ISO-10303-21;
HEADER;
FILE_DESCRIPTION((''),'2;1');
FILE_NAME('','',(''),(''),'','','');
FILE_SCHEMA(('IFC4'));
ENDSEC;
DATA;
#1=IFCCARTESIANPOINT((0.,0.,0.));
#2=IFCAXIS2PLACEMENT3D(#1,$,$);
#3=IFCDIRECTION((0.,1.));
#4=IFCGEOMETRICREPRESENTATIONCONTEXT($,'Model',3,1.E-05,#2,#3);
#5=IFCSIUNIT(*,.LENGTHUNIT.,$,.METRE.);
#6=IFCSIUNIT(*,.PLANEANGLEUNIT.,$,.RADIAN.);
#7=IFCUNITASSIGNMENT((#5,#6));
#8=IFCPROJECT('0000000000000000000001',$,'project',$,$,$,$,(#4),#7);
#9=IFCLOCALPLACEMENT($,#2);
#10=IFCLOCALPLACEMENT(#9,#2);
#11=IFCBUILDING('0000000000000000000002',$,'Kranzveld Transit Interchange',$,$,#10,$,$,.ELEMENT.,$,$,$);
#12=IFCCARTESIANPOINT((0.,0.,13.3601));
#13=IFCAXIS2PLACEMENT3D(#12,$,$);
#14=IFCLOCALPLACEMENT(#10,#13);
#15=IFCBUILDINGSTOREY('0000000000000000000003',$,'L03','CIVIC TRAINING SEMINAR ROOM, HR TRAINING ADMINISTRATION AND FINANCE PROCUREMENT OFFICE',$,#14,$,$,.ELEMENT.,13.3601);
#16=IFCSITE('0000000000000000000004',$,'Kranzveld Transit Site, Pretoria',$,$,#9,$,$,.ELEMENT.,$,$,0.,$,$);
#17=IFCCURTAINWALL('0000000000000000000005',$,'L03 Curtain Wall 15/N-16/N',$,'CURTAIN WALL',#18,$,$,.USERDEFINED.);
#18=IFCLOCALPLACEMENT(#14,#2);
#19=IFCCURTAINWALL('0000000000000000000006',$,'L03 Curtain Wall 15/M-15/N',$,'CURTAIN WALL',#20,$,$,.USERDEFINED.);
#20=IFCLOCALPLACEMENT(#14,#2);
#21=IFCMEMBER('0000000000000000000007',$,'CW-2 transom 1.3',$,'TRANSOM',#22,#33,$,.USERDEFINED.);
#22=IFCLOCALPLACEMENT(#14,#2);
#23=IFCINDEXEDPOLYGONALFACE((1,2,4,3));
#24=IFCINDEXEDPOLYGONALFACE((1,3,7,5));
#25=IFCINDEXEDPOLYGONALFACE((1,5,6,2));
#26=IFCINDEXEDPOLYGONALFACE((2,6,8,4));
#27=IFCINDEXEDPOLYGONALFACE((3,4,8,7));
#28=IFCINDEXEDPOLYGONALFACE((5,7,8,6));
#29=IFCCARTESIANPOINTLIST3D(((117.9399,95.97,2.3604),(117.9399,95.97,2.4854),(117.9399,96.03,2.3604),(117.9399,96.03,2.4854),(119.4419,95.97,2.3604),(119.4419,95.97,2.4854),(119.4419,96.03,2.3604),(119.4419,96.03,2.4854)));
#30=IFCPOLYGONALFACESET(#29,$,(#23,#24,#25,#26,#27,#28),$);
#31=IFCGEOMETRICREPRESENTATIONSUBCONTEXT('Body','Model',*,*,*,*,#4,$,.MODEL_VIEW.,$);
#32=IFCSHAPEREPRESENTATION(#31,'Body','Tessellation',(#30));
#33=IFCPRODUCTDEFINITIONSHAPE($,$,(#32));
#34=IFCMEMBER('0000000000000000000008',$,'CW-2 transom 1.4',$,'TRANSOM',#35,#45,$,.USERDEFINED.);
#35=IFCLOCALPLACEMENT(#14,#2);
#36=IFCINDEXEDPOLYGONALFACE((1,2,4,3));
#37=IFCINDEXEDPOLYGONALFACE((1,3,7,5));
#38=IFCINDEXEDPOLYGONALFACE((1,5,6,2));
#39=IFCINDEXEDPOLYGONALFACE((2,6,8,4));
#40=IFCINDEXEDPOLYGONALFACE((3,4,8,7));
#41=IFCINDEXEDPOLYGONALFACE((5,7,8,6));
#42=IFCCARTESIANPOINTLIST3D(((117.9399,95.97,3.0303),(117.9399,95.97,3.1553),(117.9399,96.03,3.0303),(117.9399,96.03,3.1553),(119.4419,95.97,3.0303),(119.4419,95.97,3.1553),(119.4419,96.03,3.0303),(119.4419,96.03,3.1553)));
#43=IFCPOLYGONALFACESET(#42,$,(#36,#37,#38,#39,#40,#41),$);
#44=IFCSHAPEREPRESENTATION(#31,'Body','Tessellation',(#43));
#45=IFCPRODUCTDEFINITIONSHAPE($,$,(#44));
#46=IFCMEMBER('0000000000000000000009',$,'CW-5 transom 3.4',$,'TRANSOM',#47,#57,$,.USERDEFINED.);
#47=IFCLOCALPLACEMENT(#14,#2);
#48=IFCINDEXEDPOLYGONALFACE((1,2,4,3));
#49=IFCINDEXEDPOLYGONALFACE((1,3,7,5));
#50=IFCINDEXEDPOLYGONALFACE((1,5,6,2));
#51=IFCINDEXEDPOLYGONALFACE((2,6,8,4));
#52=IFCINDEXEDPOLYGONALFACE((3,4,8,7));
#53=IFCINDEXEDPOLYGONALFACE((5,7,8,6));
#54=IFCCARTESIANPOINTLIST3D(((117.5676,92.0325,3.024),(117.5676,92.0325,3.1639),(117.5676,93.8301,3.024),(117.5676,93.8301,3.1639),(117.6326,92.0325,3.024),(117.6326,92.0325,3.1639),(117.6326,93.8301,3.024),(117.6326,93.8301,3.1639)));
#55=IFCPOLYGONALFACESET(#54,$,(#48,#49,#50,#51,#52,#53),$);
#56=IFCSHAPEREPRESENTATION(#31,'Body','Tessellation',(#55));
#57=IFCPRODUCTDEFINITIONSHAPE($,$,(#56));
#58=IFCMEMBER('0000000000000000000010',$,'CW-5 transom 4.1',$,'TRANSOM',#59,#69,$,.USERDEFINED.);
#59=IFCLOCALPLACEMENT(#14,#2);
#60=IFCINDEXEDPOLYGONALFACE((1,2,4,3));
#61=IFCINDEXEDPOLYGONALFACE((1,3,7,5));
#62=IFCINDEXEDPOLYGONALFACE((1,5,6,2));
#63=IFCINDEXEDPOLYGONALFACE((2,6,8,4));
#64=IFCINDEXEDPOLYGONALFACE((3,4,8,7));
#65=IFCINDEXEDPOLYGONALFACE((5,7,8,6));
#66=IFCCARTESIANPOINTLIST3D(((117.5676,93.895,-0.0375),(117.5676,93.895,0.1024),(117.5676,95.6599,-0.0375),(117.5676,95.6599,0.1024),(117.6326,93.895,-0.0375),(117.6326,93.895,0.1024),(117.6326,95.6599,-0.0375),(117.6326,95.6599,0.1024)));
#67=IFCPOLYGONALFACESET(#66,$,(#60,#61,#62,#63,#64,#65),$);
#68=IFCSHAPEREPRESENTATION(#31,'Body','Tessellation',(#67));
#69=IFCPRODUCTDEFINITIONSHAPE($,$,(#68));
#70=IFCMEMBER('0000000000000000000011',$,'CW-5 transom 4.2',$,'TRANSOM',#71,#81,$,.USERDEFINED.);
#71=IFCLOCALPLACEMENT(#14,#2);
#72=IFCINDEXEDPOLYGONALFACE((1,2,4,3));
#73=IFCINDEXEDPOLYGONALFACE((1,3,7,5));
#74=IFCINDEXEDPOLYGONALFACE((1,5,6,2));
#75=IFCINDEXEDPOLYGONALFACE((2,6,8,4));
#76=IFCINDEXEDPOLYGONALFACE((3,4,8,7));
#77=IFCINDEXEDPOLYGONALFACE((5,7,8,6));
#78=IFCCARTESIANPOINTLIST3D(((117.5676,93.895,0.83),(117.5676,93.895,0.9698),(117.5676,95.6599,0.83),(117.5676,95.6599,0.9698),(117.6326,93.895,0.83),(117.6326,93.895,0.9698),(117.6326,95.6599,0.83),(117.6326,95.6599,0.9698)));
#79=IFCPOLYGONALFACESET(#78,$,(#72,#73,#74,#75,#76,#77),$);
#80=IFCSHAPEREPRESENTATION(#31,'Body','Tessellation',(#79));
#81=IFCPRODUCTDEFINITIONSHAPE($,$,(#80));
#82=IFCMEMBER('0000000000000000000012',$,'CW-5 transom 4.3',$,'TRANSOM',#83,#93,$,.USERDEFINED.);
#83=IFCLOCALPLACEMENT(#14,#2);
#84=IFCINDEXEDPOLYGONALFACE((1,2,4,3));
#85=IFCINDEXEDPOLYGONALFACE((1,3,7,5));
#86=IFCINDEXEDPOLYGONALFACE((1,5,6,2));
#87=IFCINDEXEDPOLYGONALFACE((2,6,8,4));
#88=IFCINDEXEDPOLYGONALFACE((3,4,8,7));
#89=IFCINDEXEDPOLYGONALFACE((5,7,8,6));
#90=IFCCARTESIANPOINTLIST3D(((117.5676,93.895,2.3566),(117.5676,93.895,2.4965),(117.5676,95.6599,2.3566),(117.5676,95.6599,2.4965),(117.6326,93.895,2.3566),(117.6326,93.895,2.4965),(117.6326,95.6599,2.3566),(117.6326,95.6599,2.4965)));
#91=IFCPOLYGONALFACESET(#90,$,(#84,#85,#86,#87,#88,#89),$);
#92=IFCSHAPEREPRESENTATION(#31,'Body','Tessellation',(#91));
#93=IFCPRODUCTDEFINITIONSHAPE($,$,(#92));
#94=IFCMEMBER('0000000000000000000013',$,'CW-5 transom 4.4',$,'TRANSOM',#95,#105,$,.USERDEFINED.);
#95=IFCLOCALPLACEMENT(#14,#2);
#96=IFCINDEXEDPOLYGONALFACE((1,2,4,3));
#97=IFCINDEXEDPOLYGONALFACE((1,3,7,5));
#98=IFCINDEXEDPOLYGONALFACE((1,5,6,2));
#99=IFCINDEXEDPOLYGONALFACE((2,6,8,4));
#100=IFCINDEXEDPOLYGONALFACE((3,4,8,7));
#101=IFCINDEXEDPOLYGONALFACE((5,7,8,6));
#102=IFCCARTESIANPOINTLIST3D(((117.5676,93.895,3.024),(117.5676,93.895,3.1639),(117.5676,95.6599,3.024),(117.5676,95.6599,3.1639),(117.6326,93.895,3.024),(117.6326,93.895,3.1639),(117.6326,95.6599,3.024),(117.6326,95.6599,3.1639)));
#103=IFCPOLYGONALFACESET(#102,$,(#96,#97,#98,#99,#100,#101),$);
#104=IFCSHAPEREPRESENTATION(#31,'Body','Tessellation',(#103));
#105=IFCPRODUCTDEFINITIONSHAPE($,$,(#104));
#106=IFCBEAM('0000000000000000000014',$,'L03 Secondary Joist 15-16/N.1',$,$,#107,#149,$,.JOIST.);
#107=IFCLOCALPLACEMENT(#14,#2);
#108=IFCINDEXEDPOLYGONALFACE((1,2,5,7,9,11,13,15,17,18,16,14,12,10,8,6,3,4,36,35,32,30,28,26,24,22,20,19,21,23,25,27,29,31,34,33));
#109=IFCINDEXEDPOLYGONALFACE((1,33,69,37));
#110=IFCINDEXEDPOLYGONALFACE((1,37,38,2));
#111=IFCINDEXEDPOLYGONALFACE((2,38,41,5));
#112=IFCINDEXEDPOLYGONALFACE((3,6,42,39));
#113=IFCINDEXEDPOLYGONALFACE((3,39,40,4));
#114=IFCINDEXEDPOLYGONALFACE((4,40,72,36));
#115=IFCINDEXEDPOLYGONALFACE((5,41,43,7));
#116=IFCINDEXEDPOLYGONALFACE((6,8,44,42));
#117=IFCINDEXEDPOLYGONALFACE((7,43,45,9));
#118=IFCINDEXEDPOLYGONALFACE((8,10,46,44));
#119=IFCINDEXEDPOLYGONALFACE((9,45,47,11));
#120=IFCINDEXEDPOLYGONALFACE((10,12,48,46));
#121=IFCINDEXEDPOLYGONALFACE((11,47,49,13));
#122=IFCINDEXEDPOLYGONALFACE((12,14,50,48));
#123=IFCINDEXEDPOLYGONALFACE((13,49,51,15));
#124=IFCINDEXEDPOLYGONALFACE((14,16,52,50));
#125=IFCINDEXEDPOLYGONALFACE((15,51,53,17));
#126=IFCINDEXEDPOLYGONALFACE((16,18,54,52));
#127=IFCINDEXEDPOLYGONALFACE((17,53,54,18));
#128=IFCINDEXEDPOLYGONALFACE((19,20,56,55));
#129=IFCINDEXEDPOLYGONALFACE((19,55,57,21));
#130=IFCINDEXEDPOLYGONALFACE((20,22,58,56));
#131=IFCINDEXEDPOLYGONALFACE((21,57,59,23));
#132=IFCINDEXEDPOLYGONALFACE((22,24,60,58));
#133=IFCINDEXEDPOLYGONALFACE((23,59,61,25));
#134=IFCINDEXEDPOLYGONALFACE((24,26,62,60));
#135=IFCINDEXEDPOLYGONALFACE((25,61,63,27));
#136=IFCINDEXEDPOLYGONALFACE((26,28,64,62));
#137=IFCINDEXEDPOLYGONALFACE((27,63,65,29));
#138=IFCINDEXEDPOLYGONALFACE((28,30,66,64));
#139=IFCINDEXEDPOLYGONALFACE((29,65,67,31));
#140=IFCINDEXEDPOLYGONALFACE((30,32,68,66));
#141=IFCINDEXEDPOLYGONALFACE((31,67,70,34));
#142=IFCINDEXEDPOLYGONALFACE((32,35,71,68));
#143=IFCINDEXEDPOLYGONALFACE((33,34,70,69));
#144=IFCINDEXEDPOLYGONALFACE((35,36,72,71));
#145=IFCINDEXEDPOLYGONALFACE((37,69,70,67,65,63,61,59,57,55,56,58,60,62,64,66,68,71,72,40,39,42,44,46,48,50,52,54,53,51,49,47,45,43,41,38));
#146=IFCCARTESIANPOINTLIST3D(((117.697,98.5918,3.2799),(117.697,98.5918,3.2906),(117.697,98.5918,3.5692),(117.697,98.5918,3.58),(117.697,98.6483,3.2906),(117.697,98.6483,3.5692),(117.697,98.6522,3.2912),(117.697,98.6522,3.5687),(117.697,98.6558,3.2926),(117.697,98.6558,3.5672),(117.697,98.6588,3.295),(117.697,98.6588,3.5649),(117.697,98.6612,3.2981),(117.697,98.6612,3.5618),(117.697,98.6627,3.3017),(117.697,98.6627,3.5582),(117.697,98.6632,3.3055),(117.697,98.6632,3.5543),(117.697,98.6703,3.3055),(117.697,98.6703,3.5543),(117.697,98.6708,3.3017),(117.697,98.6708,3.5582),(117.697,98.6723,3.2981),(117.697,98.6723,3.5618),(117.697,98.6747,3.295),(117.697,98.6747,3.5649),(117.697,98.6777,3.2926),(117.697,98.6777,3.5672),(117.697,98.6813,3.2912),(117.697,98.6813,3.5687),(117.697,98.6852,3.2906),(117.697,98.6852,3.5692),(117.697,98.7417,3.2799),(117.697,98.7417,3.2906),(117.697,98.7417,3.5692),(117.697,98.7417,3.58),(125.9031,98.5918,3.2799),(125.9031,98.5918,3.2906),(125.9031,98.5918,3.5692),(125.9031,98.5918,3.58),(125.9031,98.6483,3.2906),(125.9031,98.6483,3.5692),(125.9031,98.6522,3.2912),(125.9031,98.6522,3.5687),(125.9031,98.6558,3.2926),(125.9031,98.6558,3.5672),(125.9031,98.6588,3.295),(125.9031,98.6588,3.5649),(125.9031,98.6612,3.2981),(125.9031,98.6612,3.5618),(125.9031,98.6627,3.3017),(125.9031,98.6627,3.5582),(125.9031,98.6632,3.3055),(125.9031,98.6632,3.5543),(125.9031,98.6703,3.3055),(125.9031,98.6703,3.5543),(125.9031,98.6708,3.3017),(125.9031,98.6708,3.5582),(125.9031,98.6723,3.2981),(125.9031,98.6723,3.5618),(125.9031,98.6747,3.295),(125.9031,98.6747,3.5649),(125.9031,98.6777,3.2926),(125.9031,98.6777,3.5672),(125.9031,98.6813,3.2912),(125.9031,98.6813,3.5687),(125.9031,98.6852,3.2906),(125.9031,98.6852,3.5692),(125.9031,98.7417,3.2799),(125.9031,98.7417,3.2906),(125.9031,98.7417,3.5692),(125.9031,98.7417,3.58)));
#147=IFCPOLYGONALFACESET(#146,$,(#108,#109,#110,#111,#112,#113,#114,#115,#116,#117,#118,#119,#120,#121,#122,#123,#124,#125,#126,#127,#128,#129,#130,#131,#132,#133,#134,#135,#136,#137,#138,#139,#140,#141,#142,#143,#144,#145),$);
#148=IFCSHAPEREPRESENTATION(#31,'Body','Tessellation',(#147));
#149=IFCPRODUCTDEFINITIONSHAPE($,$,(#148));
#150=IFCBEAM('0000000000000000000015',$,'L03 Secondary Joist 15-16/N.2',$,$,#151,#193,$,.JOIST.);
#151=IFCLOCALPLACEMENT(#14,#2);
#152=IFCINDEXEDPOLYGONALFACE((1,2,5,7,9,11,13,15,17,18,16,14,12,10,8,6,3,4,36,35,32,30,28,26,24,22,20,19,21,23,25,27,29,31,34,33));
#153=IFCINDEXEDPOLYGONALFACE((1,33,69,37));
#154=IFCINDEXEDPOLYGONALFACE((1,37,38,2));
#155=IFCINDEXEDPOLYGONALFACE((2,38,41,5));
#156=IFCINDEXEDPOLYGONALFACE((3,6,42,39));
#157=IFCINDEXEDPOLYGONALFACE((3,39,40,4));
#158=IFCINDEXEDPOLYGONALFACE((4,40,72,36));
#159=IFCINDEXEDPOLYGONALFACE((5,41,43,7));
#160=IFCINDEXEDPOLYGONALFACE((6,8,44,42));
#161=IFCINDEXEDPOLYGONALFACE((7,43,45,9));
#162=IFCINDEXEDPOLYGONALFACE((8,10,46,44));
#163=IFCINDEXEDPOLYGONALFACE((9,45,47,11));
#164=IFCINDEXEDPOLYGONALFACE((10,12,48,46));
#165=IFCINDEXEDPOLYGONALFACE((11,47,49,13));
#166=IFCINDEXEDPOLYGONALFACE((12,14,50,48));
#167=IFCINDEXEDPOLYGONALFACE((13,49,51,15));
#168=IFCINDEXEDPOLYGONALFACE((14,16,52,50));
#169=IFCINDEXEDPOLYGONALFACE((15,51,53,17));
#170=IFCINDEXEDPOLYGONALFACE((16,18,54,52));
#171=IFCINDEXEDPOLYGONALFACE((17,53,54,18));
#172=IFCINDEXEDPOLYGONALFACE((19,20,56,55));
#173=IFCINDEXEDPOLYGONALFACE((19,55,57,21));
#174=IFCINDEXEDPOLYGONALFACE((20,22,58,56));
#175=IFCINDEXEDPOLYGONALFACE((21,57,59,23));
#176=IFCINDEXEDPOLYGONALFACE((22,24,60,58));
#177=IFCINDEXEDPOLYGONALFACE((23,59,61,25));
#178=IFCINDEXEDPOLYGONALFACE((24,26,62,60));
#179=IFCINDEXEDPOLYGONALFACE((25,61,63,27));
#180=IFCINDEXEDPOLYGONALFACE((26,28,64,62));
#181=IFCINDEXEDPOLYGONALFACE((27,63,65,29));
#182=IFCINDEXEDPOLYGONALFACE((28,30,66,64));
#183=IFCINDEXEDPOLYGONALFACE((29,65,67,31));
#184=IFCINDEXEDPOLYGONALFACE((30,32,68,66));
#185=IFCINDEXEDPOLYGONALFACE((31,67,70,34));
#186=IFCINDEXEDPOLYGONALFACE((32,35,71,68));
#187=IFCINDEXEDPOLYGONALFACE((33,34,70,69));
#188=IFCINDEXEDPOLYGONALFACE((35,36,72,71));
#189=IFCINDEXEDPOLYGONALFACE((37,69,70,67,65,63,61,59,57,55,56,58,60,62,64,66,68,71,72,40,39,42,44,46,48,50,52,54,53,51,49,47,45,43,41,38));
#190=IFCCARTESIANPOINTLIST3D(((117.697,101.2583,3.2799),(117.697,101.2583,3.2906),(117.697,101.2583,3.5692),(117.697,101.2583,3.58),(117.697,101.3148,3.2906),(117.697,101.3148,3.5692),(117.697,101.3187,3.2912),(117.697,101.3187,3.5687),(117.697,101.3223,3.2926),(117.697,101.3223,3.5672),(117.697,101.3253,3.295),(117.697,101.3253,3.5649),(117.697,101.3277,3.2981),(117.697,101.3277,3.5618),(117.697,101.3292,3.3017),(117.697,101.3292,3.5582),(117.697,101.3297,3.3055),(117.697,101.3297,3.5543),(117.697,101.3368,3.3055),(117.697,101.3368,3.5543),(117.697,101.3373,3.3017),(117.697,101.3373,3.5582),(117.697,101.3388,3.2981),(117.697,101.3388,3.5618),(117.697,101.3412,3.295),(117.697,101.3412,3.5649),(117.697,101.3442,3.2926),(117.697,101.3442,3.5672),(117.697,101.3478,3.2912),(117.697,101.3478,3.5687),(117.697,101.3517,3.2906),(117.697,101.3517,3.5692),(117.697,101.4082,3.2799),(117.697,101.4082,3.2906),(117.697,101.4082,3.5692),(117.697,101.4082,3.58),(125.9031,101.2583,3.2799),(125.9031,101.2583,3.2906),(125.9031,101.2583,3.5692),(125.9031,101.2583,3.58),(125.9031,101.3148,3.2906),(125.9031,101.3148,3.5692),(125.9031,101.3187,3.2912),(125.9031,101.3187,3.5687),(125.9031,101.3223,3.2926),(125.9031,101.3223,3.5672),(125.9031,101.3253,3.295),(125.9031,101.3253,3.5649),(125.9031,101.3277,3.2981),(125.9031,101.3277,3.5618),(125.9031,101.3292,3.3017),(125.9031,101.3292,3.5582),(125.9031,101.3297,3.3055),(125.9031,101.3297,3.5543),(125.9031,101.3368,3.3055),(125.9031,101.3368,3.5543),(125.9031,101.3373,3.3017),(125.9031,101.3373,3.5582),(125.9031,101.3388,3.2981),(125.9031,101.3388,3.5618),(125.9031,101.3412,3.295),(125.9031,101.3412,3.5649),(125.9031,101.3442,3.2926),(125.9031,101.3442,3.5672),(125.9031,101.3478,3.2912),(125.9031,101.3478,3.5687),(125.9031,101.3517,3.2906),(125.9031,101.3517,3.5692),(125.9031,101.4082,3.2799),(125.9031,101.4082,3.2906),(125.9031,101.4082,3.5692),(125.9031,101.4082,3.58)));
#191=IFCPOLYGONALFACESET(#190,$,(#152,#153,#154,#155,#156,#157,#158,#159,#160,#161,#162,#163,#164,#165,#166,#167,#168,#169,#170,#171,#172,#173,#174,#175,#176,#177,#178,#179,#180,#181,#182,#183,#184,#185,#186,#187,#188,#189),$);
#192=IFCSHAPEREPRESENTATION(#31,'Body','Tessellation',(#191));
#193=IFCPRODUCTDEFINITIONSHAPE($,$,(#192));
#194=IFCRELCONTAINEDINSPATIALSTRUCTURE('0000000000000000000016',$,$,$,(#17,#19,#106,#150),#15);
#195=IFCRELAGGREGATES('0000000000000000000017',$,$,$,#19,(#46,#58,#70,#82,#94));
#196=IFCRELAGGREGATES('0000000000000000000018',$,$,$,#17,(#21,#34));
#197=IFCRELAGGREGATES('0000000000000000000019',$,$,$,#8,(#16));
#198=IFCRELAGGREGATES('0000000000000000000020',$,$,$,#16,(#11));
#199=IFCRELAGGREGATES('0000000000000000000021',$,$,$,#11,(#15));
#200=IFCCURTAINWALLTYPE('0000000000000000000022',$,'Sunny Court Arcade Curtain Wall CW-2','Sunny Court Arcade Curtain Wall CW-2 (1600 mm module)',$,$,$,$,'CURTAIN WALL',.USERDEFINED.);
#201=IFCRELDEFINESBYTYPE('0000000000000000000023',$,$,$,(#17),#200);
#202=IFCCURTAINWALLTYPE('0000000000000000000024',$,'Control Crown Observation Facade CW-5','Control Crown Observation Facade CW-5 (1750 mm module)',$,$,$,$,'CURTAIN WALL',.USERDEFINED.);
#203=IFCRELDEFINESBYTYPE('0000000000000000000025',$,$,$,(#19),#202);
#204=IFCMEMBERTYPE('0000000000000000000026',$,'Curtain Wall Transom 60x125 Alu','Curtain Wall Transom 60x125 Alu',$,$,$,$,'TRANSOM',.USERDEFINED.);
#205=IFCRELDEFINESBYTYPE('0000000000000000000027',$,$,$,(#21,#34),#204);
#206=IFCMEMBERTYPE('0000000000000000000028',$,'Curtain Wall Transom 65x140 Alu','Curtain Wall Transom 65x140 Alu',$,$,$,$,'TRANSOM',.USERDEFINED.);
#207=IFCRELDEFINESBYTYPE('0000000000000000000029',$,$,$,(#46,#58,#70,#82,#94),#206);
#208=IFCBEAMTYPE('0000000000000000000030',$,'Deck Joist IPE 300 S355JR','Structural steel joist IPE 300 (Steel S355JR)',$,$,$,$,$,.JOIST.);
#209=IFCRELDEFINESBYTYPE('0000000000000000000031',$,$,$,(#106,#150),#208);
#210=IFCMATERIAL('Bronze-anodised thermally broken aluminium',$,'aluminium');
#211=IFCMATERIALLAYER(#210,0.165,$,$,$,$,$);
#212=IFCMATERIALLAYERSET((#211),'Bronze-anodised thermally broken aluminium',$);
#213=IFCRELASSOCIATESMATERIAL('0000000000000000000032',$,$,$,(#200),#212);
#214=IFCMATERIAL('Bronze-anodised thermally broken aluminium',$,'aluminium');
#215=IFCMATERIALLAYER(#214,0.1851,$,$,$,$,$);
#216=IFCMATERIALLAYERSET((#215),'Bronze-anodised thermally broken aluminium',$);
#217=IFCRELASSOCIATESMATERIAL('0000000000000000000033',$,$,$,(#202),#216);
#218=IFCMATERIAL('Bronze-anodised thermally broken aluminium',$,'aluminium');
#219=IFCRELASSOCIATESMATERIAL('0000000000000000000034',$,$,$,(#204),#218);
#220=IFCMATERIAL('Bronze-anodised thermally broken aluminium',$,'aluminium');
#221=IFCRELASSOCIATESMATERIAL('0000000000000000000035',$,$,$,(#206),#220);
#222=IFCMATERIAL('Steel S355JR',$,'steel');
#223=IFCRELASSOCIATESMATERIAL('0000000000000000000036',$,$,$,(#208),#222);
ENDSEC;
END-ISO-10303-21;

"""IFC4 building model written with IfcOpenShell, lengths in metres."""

from ifc_helpers import new_model, si_unit, direction, frame, origin, origin_2d, place, context, subcontext, project, spatial, rectangle, i_section, extrude, material, layer, layer_set, material_profile, profile_set, type_object, element, aggregate, save


model = new_model("IFC4")

# Units and contexts
model_context = context("Model", 3, precision=1e-05, world=origin(), true_north=direction((0.0, 1.0)))
body_context = subcontext(model_context, "Body", "Model", "MODEL_VIEW")
ifc_project = project(units=[si_unit("LENGTHUNIT", "METRE"), si_unit("PLANEANGLEUNIT", "RADIAN")], contexts=[model_context])

# Site, building, storey
site_placement = place(None, origin())
site = spatial("IfcSite", under=ifc_project, at=site_placement, Name="Kranzveld Transit Site, Pretoria", CompositionType="ELEMENT", RefElevation=0.0)
building_placement = place(site_placement, origin())
building = spatial("IfcBuilding", under=site, at=building_placement, Name="Kranzveld Transit Interchange", CompositionType="ELEMENT")
storey_placement = place(building_placement, frame((0.0, 0.0, 13.3601)))
storey = spatial("IfcBuildingStorey", under=building, at=storey_placement, Name="L03", Description="CIVIC TRAINING SEMINAR ROOM, HR TRAINING ADMINISTRATION AND FINANCE PROCUREMENT OFFICE", CompositionType="ELEMENT", Elevation=13.3601)

# Curtain wall
ifc_material_1 = material(Name="Bronze-anodised thermally broken aluminium", Category="aluminium")
ifc_layer_1 = layer(ifc_material_1, 0.165)
ifc_layer_set_1 = layer_set([ifc_layer_1], Name="Bronze-anodised thermally broken aluminium")
curtain_wall_type_1 = type_object("IfcCurtainWallType", Name="Sunny Court Arcade Curtain Wall CW-2", Description="Sunny Court Arcade Curtain Wall CW-2 (1600 mm module)", ElementType="CURTAIN WALL", PredefinedType="USERDEFINED", material=ifc_layer_set_1)
curtain_wall_1_placement = place(storey_placement, origin())
curtain_wall_1 = element("IfcCurtainWall", 1, at=curtain_wall_1_placement, inside=storey, type_object=curtain_wall_type_1, Name="L03 Curtain Wall 15/N-16/N", ObjectType="CURTAIN WALL", PredefinedType="USERDEFINED")

# Curtain wall
ifc_material_2 = material(Name="Bronze-anodised thermally broken aluminium", Category="aluminium")
ifc_layer_2 = layer(ifc_material_2, 0.1851)
ifc_layer_set_2 = layer_set([ifc_layer_2], Name="Bronze-anodised thermally broken aluminium")
curtain_wall_type_2 = type_object("IfcCurtainWallType", Name="Control Crown Observation Facade CW-5", Description="Control Crown Observation Facade CW-5 (1750 mm module)", ElementType="CURTAIN WALL", PredefinedType="USERDEFINED", material=ifc_layer_set_2)
curtain_wall_2_placement = place(storey_placement, origin())
curtain_wall_2 = element("IfcCurtainWall", 2, at=curtain_wall_2_placement, inside=storey, type_object=curtain_wall_type_2, Name="L03 Curtain Wall 15/M-15/N", ObjectType="CURTAIN WALL", PredefinedType="USERDEFINED")

# Members
ifc_material_3 = material(Name="Bronze-anodised thermally broken aluminium", Category="aluminium")
ifc_material_profile_1 = material_profile(ifc_material_3, rectangle(XDim=0.0601, YDim=0.125, at=origin_2d()), Name="ALU TRANSOM 60x125")
ifc_profile_set_1 = profile_set([ifc_material_profile_1], Name="Bronze-anodised thermally broken aluminium")
member_type_1 = type_object("IfcMemberType", Name="Curtain Wall Transom 60x125 Alu", Description="Curtain Wall Transom 60x125 Alu", ElementType="TRANSOM", PredefinedType="USERDEFINED", material=ifc_profile_set_1)
member_1_placement = place(storey_placement, frame((117.9399, 96.0, 2.4229), z_axis=(1.0, 0.0, 0.0), x_axis=(0.0, 1.0, 0.0)))
member_1 = element("IfcMember", 3, at=member_1_placement, type_object=member_type_1, Name="CW-2 transom 1.3", ObjectType="TRANSOM", PredefinedType="USERDEFINED", context=body_context, shape_type="SweptSolid", body=[
    extrude(rectangle(XDim=0.0601, YDim=0.125, at=origin_2d()), origin(), (0.0, 0.0, 1.0), 1.502),
])
member_2_placement = place(storey_placement, frame((117.9399, 96.0, 3.0928), z_axis=(1.0, 0.0, 0.0), x_axis=(0.0, 1.0, 0.0)))
member_2 = element("IfcMember", 4, at=member_2_placement, type_object=member_type_1, Name="CW-2 transom 1.4", ObjectType="TRANSOM", PredefinedType="USERDEFINED", context=body_context, shape_type="SweptSolid", body=[
    extrude(rectangle(XDim=0.0601, YDim=0.125, at=origin_2d()), origin(), (0.0, 0.0, 1.0), 1.502),
])
ifc_material_4 = material(Name="Bronze-anodised thermally broken aluminium", Category="aluminium")
ifc_material_profile_2 = material_profile(ifc_material_4, rectangle(XDim=0.0649, YDim=0.1399, at=origin_2d()), Name="ALU TRANSOM 65x140")
ifc_profile_set_2 = profile_set([ifc_material_profile_2], Name="Bronze-anodised thermally broken aluminium")
member_type_2 = type_object("IfcMemberType", Name="Curtain Wall Transom 65x140 Alu", Description="Curtain Wall Transom 65x140 Alu", ElementType="TRANSOM", PredefinedType="USERDEFINED", material=ifc_profile_set_2)
member_3_placement = place(storey_placement, frame((117.6001, 92.0325, 3.094), z_axis=(0.0, 1.0, 0.0), x_axis=(-1.0, 0.0, 0.0)))
member_3 = element("IfcMember", 5, at=member_3_placement, type_object=member_type_2, Name="CW-5 transom 3.4", ObjectType="TRANSOM", PredefinedType="USERDEFINED", context=body_context, shape_type="SweptSolid", body=[
    extrude(rectangle(XDim=0.0649, YDim=0.1399, at=origin_2d()), origin(), (0.0, 0.0, 1.0), 1.7976),
])
member_4_placement = place(storey_placement, frame((117.6001, 93.895, 0.0325), z_axis=(0.0, 1.0, 0.0), x_axis=(-1.0, 0.0, 0.0)))
member_4 = element("IfcMember", 6, at=member_4_placement, type_object=member_type_2, Name="CW-5 transom 4.1", ObjectType="TRANSOM", PredefinedType="USERDEFINED", context=body_context, shape_type="SweptSolid", body=[
    extrude(rectangle(XDim=0.0649, YDim=0.1399, at=origin_2d()), origin(), (0.0, 0.0, 1.0), 1.7649),
])
member_5_placement = place(storey_placement, frame((117.6001, 93.895, 0.8999), z_axis=(0.0, 1.0, 0.0), x_axis=(-1.0, 0.0, 0.0)))
member_5 = element("IfcMember", 7, at=member_5_placement, type_object=member_type_2, Name="CW-5 transom 4.2", ObjectType="TRANSOM", PredefinedType="USERDEFINED", context=body_context, shape_type="SweptSolid", body=[
    extrude(rectangle(XDim=0.0649, YDim=0.1399, at=origin_2d()), origin(), (0.0, 0.0, 1.0), 1.7649),
])
member_6_placement = place(storey_placement, frame((117.6001, 93.895, 2.4265), z_axis=(0.0, 1.0, 0.0), x_axis=(-1.0, 0.0, 0.0)))
member_6 = element("IfcMember", 8, at=member_6_placement, type_object=member_type_2, Name="CW-5 transom 4.3", ObjectType="TRANSOM", PredefinedType="USERDEFINED", context=body_context, shape_type="SweptSolid", body=[
    extrude(rectangle(XDim=0.0649, YDim=0.1399, at=origin_2d()), origin(), (0.0, 0.0, 1.0), 1.7649),
])
member_7_placement = place(storey_placement, frame((117.6001, 93.895, 3.094), z_axis=(0.0, 1.0, 0.0), x_axis=(-1.0, 0.0, 0.0)))
member_7 = element("IfcMember", 9, at=member_7_placement, type_object=member_type_2, Name="CW-5 transom 4.4", ObjectType="TRANSOM", PredefinedType="USERDEFINED", context=body_context, shape_type="SweptSolid", body=[
    extrude(rectangle(XDim=0.0649, YDim=0.1399, at=origin_2d()), origin(), (0.0, 0.0, 1.0), 1.7649),
])

# Beams
ifc_material_5 = material(Name="Steel S355JR", Category="steel")
ifc_material_profile_3 = material_profile(ifc_material_5, i_section(OverallWidth=0.1499, OverallDepth=0.3, WebThickness=0.0071, FlangeThickness=0.0107, FilletRadius=0.0149, at=origin_2d()), Name="IPE 300")
ifc_profile_set_3 = profile_set([ifc_material_profile_3], Name="Steel S355JR")
beam_type_1 = type_object("IfcBeamType", Name="Deck Joist IPE 300 S355JR", Description="Structural steel joist IPE 300 (Steel S355JR)", PredefinedType="JOIST", material=ifc_profile_set_3)
for number, where, z_axis, x_axis, name in (
    (10, (117.697, 98.6667, 3.4299), (1.0, 0.0, 0.0), (0.0, 1.0, 0.0), "L03 Secondary Joist 15-16/N.1"),
    (11, (117.697, 101.3333, 3.4299), (1.0, 0.0, 0.0), (0.0, 1.0, 0.0), "L03 Secondary Joist 15-16/N.2"),
):
    element("IfcBeam", number, at=place(storey_placement, frame(where, z_axis=z_axis, x_axis=x_axis)), inside=storey, type_object=beam_type_1, Name=name, PredefinedType="JOIST", context=body_context, shape_type="SweptSolid", body=[
        extrude(i_section(OverallWidth=0.1499, OverallDepth=0.3, WebThickness=0.0071, FlangeThickness=0.0107, FilletRadius=0.0149, at=origin_2d()), origin(), (0.0, 0.0, 1.0), 8.2061),
    ])

aggregate(curtain_wall_2, [member_3, member_4, member_5, member_6, member_7])
aggregate(curtain_wall_1, [member_1, member_2])

save(model, "model.ifc")
